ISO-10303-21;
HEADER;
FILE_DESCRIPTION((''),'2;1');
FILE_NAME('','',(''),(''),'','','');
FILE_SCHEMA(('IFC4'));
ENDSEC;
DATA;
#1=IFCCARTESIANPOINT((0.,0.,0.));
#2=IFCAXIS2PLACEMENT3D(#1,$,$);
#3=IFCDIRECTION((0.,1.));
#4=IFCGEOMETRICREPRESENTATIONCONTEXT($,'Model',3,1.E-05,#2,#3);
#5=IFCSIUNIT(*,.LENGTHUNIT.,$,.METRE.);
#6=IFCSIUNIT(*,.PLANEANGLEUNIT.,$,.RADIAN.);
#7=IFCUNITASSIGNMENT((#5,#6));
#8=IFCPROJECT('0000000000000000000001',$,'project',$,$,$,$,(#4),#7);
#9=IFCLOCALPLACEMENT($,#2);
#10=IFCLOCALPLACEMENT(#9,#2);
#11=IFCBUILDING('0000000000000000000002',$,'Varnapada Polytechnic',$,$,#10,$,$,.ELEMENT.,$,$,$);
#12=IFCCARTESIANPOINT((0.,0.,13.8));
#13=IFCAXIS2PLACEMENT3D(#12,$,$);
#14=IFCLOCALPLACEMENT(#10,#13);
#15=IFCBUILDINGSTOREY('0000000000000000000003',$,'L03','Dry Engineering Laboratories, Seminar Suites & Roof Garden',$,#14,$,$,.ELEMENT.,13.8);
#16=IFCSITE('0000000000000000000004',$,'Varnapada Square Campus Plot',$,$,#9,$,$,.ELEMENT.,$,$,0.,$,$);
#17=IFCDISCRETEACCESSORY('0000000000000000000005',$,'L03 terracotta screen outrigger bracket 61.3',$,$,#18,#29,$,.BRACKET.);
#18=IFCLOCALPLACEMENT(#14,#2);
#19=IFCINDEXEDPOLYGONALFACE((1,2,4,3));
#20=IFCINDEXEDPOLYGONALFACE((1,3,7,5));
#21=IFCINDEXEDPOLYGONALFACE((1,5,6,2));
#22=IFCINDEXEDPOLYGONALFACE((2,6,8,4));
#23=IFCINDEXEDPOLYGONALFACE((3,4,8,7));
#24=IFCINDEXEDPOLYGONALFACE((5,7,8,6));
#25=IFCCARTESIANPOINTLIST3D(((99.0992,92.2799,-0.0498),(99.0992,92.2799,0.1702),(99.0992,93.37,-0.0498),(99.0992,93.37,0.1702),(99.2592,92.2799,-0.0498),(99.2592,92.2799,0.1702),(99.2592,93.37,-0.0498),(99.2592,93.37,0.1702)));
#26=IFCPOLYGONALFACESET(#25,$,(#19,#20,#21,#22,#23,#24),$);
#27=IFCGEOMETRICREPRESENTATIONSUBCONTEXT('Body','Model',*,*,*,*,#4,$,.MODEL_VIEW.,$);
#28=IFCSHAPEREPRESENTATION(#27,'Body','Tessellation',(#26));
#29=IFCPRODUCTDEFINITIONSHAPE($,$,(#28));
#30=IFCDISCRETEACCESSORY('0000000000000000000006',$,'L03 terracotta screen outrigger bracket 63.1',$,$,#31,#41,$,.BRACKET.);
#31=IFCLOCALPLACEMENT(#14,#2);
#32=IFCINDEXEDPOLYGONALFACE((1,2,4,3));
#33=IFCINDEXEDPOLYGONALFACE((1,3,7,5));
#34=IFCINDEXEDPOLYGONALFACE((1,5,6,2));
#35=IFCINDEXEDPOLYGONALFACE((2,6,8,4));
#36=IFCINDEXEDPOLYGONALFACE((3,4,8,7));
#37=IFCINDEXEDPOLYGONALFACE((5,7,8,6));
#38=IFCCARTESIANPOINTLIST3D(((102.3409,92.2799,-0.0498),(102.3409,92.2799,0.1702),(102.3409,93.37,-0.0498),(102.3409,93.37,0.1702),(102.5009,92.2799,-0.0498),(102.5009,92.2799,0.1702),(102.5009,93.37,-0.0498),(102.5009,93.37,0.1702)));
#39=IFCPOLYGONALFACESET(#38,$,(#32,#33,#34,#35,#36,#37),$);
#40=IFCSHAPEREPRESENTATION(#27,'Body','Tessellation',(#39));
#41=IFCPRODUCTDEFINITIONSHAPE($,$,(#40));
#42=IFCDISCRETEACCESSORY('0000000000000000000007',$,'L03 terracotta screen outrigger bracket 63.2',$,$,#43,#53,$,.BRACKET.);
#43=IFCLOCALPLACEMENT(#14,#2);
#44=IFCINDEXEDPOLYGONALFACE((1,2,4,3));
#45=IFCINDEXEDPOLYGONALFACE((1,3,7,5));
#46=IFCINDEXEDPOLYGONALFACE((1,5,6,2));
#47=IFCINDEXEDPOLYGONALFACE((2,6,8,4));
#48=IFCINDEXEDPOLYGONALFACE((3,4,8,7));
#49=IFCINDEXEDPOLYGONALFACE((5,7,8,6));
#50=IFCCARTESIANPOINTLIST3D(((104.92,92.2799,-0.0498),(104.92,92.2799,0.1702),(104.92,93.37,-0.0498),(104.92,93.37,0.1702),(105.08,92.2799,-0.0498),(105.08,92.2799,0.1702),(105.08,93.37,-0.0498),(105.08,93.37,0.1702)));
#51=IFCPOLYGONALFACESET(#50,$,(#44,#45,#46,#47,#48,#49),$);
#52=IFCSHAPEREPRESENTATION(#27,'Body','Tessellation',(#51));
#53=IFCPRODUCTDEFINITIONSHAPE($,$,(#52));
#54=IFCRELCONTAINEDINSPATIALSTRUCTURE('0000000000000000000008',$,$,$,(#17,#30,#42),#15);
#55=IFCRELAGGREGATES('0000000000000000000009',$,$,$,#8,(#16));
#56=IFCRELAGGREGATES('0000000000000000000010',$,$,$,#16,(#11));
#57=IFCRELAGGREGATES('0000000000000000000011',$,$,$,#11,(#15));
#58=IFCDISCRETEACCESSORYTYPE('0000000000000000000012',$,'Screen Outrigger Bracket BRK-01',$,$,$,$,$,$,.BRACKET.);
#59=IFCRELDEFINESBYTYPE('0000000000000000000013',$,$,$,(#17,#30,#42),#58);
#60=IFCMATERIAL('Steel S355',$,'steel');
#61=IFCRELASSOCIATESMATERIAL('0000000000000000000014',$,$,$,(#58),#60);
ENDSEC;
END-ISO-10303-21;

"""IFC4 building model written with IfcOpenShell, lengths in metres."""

from ifc_helpers import new_model, si_unit, direction, frame, origin, origin_2d, place, context, subcontext, project, spatial, rectangle, extrude, material, type_object, element, save


model = new_model("IFC4")

# Units and contexts
model_context = context("Model", 3, precision=1e-05, world=origin(), true_north=direction((0.0, 1.0)))
body_context = subcontext(model_context, "Body", "Model", "MODEL_VIEW")
ifc_project = project(units=[si_unit("LENGTHUNIT", "METRE"), si_unit("PLANEANGLEUNIT", "RADIAN")], contexts=[model_context])

# Site, building, storey
site_placement = place(None, origin())
site = spatial("IfcSite", under=ifc_project, at=site_placement, Name="Varnapada Square Campus Plot", CompositionType="ELEMENT", RefElevation=0.0)
building_placement = place(site_placement, origin())
building = spatial("IfcBuilding", under=site, at=building_placement, Name="Varnapada Polytechnic", CompositionType="ELEMENT")
storey_placement = place(building_placement, frame((0.0, 0.0, 13.8)))
storey = spatial("IfcBuildingStorey", under=building, at=storey_placement, Name="L03", Description="Dry Engineering Laboratories, Seminar Suites & Roof Garden", CompositionType="ELEMENT", Elevation=13.8)

# Discrete accessories
ifc_material_1 = material(Name="Steel S355", Category="steel")
discrete_accessory_type = type_object("IfcDiscreteAccessoryType", Name="Screen Outrigger Bracket BRK-01", PredefinedType="BRACKET", material=ifc_material_1)
for number, where, z_axis, x_axis, name in (
    (1, (99.1792, 92.825, -0.0498), (0.0, 0.0, 1.0), (1.0, 0.0, 0.0), "L03 terracotta screen outrigger bracket 61.3"),
    (2, (102.4209, 92.825, -0.0498), (0.0, 0.0, 1.0), (1.0, 0.0, 0.0), "L03 terracotta screen outrigger bracket 63.1"),
    (3, (105.0, 92.825, -0.0498), (0.0, 0.0, 1.0), (1.0, 0.0, 0.0), "L03 terracotta screen outrigger bracket 63.2"),
):
    element("IfcDiscreteAccessory", number, at=place(storey_placement, frame(where, z_axis=z_axis, x_axis=x_axis)), inside=storey, type_object=discrete_accessory_type, Name=name, PredefinedType="BRACKET", context=body_context, shape_type="SweptSolid", body=[
        extrude(rectangle(XDim=0.1599, YDim=1.0901, at=origin_2d()), origin(), (0.0, 0.0, 1.0), 0.22),
    ])

save(model, "model.ifc")
